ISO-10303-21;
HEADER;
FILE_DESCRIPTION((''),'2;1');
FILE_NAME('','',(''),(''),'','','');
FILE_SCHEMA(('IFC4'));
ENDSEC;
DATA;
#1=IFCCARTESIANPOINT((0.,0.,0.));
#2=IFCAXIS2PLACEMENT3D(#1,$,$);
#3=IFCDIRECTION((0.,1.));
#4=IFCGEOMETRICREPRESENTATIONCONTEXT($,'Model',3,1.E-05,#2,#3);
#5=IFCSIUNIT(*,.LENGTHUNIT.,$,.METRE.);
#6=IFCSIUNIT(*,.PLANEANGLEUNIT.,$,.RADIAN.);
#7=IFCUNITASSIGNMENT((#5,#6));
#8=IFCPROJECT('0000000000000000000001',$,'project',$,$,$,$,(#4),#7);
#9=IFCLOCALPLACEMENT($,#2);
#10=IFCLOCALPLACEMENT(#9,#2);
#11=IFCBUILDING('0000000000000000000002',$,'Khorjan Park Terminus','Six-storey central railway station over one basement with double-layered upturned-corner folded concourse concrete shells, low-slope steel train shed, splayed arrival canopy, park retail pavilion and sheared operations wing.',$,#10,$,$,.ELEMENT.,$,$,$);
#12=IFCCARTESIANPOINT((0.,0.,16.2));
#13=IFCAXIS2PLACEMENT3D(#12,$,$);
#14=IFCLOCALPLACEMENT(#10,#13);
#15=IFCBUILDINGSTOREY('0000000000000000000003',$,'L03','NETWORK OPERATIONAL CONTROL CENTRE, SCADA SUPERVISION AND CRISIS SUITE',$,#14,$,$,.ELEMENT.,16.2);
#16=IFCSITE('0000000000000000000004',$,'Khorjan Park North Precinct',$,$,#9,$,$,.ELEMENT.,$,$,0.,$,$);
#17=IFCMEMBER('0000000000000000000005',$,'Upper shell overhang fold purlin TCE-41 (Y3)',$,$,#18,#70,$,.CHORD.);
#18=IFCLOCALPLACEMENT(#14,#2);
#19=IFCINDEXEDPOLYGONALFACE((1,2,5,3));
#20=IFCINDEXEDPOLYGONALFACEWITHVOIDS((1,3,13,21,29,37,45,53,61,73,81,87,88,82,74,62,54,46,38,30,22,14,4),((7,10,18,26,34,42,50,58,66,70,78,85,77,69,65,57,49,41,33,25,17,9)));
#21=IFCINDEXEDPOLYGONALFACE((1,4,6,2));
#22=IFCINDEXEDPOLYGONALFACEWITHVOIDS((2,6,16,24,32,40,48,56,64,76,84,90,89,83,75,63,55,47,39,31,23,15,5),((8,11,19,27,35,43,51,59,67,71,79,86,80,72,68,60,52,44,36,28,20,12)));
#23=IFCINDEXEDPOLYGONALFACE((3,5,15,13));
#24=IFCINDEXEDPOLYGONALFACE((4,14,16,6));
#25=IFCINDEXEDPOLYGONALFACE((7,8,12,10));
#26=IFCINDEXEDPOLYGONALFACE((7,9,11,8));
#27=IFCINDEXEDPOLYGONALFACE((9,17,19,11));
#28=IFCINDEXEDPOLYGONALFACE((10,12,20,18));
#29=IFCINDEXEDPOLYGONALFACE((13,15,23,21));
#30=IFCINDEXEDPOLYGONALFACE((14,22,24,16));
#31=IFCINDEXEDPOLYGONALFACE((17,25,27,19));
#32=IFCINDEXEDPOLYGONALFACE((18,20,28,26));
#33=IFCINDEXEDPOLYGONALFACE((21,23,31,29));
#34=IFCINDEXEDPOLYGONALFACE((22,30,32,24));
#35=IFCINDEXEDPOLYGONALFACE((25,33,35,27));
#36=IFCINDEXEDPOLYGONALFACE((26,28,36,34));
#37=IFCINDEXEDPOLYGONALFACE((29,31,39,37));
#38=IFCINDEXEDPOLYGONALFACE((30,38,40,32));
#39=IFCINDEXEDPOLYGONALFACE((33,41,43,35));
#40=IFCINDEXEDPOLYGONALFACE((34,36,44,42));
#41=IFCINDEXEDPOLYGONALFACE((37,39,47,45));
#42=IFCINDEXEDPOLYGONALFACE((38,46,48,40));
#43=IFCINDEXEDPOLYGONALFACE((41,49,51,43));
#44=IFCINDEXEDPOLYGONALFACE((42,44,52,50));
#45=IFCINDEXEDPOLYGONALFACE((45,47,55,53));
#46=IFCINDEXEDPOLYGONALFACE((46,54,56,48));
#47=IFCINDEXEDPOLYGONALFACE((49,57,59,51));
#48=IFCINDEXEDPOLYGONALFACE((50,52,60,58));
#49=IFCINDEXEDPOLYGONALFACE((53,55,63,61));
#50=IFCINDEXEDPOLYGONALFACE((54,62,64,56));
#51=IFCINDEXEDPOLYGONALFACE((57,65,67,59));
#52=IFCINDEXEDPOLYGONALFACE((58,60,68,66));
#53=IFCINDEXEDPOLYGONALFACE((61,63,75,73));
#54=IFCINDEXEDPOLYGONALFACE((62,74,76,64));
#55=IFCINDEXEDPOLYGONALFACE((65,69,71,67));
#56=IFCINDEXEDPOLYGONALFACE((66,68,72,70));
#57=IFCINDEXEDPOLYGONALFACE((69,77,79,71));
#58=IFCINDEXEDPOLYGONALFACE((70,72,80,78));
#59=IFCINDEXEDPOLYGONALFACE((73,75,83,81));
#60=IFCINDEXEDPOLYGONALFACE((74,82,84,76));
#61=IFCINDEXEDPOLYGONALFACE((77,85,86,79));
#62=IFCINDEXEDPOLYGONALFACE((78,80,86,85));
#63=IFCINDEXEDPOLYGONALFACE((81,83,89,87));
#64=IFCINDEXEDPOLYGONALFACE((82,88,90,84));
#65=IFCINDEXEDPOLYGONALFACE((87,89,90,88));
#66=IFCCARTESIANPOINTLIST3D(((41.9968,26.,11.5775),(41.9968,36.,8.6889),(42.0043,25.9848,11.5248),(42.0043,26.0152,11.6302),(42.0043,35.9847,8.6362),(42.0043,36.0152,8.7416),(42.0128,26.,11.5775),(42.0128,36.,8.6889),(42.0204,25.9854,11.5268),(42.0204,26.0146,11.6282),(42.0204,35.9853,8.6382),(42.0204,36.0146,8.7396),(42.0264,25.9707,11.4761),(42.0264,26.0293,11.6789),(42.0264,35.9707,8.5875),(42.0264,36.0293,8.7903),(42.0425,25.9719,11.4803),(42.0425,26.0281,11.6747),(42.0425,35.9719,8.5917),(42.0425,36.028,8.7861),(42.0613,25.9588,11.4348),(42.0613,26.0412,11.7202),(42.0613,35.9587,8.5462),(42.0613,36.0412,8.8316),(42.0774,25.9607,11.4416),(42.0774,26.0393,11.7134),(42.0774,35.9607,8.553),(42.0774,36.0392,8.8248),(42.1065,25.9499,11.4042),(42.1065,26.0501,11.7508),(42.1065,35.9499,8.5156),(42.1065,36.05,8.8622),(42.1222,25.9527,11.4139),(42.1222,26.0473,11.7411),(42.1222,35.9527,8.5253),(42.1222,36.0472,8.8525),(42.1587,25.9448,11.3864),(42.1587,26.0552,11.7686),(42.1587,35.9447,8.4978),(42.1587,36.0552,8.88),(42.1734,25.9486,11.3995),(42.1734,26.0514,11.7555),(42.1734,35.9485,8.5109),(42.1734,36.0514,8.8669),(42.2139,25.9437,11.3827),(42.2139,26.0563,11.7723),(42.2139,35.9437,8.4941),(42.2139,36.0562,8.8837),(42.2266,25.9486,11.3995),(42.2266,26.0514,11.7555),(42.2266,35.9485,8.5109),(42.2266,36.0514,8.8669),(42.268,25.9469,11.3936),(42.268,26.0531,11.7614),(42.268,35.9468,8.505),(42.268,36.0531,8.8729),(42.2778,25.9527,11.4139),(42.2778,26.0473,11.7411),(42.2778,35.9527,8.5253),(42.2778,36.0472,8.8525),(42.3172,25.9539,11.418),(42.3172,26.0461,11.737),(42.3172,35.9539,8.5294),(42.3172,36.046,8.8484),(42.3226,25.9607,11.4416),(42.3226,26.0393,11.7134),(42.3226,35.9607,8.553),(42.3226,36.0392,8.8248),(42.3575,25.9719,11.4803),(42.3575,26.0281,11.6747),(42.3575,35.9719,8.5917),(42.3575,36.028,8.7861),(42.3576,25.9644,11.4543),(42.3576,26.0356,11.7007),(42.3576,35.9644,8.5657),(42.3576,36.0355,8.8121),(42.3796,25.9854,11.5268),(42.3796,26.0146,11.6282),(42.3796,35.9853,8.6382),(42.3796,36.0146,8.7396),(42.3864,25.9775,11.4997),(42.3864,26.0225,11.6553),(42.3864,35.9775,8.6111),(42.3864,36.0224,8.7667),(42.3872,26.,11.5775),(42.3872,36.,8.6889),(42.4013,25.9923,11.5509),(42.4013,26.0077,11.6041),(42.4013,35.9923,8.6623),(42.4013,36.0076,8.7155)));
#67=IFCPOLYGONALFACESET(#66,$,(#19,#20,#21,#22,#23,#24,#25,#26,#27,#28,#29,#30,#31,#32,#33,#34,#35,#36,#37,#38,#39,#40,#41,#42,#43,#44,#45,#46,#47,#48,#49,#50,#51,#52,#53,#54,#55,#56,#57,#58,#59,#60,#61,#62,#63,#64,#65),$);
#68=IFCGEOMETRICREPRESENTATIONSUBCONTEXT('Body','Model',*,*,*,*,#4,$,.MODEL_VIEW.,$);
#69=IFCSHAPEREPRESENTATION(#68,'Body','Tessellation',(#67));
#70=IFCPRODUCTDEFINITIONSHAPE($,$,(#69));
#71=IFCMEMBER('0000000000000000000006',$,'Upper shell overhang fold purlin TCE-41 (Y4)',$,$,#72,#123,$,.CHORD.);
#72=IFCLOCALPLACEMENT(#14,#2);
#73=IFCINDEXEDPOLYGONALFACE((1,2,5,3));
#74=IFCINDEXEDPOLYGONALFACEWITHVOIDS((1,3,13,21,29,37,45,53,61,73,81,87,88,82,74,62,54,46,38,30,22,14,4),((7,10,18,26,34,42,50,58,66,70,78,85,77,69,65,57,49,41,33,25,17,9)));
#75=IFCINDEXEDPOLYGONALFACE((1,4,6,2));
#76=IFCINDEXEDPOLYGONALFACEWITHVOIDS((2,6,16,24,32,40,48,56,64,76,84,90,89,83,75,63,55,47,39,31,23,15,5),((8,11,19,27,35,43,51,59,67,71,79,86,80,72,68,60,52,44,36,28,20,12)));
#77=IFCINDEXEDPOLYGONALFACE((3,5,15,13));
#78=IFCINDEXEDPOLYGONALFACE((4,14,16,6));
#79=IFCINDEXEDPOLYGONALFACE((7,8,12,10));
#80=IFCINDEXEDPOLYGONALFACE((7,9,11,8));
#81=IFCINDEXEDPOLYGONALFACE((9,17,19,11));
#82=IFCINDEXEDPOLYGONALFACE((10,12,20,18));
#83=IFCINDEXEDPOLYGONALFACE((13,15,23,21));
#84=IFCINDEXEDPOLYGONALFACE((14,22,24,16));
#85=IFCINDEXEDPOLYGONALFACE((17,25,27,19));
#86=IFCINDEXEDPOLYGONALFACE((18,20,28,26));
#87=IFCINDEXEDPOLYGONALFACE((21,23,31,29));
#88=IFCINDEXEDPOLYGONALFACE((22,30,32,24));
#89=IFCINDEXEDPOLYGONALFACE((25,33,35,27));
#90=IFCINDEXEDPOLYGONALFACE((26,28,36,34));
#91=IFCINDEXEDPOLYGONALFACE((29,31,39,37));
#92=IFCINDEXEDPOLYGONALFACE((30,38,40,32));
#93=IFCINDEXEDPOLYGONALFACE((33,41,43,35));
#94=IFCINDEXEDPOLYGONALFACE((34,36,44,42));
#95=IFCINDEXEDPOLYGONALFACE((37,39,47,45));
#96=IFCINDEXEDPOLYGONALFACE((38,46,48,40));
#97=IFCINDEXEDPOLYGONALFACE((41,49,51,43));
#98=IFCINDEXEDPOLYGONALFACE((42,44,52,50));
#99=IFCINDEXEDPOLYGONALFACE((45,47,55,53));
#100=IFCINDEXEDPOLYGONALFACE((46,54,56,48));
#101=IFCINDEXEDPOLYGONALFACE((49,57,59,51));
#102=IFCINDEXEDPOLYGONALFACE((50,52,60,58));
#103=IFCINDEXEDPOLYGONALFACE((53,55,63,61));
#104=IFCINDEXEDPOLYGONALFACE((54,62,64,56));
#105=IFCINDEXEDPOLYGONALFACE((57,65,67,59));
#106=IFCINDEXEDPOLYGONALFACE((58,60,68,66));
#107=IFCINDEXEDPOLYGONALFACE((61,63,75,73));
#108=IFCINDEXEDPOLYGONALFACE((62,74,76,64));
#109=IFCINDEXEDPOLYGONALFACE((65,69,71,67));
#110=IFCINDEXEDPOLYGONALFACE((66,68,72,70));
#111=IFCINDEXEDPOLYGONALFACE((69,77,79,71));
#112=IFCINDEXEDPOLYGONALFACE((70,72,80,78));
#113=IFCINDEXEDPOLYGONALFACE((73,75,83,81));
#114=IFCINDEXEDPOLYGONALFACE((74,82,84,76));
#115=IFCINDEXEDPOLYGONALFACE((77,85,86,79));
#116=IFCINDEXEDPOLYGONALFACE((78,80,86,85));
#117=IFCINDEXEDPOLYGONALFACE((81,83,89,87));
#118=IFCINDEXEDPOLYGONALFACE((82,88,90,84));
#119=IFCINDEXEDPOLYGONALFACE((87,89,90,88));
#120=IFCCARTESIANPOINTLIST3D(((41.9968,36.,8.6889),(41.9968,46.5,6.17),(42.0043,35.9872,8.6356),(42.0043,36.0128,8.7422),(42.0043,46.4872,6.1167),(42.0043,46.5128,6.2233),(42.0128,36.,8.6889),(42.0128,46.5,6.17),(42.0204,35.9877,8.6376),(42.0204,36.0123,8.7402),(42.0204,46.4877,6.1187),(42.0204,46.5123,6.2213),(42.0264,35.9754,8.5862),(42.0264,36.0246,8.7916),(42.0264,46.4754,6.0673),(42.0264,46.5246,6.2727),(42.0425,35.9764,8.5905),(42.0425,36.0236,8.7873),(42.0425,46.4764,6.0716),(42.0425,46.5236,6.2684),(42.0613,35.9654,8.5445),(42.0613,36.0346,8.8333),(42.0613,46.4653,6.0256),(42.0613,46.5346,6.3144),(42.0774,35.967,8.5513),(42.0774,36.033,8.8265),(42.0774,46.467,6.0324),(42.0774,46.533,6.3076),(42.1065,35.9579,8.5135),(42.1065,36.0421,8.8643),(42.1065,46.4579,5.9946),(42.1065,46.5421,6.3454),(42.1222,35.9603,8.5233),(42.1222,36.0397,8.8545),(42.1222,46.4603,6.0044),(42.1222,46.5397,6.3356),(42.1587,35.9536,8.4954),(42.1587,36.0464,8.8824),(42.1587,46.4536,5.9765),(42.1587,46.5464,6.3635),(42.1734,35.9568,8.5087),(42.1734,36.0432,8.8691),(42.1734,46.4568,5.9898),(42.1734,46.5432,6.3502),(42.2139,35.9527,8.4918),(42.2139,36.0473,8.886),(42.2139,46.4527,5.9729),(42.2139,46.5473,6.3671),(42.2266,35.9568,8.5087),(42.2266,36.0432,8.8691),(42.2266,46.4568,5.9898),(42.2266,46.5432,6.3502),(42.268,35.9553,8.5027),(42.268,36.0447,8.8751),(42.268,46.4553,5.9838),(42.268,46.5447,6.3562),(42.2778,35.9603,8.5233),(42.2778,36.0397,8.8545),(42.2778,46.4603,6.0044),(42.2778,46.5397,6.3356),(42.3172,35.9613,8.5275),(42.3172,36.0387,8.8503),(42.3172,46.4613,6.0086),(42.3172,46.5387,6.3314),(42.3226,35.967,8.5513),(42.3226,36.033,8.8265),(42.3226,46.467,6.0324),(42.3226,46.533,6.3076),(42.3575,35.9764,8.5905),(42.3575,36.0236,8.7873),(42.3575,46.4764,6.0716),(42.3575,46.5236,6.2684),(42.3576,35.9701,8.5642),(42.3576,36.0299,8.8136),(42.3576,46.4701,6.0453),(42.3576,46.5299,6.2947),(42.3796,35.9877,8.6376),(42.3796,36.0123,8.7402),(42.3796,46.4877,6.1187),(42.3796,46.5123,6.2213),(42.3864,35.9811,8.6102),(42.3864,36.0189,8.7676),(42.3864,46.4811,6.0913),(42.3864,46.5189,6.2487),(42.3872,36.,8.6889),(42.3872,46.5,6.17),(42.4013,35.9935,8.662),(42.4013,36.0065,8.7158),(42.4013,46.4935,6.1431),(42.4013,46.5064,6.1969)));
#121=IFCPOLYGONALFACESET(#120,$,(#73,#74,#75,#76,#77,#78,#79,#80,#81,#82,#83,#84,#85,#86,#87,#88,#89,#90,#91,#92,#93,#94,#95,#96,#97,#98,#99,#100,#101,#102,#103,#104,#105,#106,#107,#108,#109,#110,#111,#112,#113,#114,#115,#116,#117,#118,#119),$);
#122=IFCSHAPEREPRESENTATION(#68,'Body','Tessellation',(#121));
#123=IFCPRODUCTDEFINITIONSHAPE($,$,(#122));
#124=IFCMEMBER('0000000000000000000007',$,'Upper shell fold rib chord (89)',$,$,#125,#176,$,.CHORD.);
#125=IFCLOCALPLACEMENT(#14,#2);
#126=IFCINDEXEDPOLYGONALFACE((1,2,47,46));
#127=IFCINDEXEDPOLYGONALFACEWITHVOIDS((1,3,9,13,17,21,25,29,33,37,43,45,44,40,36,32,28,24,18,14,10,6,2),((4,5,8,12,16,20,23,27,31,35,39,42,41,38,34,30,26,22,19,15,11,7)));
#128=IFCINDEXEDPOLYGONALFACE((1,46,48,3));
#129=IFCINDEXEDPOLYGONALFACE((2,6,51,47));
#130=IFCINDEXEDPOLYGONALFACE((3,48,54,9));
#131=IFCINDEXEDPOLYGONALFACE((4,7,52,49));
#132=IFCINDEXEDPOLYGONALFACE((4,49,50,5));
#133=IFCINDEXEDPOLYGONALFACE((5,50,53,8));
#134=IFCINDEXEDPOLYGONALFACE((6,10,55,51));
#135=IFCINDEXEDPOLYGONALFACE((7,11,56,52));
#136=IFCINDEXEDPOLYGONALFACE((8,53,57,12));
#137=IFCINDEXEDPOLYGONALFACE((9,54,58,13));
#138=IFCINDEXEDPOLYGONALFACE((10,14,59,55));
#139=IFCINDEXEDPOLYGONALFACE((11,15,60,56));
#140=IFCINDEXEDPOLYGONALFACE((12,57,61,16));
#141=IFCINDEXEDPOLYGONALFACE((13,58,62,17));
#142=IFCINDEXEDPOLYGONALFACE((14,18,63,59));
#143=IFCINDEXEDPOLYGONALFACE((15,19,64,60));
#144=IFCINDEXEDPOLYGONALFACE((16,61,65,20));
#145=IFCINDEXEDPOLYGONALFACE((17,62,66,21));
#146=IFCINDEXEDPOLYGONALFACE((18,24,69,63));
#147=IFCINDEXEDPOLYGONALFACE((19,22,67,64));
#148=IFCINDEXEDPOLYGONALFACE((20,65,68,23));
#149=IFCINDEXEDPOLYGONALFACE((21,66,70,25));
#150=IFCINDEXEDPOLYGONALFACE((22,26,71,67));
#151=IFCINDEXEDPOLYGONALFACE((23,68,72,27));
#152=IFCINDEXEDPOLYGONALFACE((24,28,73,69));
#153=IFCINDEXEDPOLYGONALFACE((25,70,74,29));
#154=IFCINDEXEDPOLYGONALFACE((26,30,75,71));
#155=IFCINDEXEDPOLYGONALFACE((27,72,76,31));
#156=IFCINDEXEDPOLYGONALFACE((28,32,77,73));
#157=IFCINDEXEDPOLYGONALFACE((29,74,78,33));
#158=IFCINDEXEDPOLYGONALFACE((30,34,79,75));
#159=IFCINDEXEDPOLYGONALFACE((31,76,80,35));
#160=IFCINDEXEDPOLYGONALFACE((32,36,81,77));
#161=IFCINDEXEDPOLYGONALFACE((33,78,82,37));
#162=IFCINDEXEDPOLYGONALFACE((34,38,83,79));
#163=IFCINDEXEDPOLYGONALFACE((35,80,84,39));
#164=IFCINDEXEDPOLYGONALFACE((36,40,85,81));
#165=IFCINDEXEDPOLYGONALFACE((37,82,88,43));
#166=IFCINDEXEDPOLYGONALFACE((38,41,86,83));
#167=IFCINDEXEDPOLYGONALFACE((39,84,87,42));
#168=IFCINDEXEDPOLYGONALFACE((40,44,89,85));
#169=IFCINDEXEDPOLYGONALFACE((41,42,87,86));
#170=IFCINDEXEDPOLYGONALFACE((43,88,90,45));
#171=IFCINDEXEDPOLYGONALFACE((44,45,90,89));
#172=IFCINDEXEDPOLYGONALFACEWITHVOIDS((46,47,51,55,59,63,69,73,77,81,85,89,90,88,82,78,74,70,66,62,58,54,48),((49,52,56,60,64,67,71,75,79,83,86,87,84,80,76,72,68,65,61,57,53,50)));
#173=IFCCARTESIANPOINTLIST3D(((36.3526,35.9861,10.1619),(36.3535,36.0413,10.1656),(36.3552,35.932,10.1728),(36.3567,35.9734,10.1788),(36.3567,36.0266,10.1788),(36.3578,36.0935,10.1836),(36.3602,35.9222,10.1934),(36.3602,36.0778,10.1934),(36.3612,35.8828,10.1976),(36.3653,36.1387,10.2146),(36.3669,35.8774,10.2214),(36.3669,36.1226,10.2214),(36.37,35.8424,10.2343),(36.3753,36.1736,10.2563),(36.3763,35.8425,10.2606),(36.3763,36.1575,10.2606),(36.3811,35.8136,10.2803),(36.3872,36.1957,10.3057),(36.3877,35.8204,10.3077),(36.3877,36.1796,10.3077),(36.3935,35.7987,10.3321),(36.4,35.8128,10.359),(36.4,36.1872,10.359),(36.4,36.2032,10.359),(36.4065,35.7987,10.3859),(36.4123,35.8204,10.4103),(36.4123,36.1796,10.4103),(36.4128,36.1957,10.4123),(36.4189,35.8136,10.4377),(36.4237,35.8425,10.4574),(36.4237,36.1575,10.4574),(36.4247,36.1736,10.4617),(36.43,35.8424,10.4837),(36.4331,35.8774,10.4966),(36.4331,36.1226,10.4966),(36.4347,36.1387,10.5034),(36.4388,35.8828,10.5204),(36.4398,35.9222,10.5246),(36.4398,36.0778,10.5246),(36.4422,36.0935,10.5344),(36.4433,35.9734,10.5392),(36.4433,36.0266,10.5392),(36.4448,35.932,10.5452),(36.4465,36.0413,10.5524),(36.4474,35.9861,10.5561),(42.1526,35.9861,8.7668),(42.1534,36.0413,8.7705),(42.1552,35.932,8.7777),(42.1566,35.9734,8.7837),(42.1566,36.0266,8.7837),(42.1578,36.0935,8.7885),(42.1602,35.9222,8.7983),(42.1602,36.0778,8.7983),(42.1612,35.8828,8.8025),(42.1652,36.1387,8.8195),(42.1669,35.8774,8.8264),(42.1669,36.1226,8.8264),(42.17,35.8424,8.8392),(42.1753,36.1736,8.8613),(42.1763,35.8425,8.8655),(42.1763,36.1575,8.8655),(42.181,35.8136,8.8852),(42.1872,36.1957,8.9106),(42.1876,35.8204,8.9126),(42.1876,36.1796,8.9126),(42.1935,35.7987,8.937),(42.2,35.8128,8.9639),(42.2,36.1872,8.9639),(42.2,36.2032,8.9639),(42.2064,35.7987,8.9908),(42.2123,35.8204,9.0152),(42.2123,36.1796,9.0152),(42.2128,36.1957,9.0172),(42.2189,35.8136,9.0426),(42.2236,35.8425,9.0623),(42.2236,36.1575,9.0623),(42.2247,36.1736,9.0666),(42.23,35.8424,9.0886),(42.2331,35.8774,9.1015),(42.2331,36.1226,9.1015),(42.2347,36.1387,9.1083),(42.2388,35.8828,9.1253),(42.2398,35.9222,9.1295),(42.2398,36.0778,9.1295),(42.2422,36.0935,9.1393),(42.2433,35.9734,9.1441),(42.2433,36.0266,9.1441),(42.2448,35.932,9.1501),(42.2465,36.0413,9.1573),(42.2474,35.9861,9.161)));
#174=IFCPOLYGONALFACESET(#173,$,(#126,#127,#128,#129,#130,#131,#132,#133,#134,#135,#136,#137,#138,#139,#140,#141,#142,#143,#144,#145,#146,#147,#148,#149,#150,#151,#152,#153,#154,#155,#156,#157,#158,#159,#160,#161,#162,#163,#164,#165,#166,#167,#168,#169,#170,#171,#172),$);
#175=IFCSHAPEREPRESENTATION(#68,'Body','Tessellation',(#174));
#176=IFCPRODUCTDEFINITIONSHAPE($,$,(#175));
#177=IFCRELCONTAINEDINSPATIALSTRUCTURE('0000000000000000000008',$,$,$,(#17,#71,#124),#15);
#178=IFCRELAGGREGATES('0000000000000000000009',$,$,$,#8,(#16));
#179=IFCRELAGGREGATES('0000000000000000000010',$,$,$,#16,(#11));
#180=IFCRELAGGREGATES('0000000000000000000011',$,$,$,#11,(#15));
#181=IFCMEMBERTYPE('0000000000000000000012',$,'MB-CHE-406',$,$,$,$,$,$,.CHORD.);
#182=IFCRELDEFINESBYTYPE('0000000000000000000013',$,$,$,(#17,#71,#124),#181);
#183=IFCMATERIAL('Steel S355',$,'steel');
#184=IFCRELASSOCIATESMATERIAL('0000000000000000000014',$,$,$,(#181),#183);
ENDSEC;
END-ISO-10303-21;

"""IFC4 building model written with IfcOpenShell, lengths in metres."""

from ifc_helpers import new_model, si_unit, direction, frame, origin, origin_2d, place, context, subcontext, project, spatial, hollow_circle, extrude, material, material_profile, profile_set, type_object, element, save


model = new_model("IFC4")

# Units and contexts
model_context = context("Model", 3, precision=1e-05, world=origin(), true_north=direction((0.0, 1.0)))
body_context = subcontext(model_context, "Body", "Model", "MODEL_VIEW")
ifc_project = project(units=[si_unit("LENGTHUNIT", "METRE"), si_unit("PLANEANGLEUNIT", "RADIAN")], contexts=[model_context])

# Site, building, storey
site_placement = place(None, origin())
site = spatial("IfcSite", under=ifc_project, at=site_placement, Name="Khorjan Park North Precinct", CompositionType="ELEMENT", RefElevation=0.0)
building_placement = place(site_placement, origin())
building = spatial("IfcBuilding", under=site, at=building_placement, Name="Khorjan Park Terminus", Description="Six-storey central railway station over one basement with double-layered upturned-corner folded concourse concrete shells, low-slope steel train shed, splayed arrival canopy, park retail pavilion and sheared operations wing.", CompositionType="ELEMENT")
storey_placement = place(building_placement, frame((0.0, 0.0, 16.2)))
storey = spatial("IfcBuildingStorey", under=building, at=storey_placement, Name="L03", Description="NETWORK OPERATIONAL CONTROL CENTRE, SCADA SUPERVISION AND CRISIS SUITE", CompositionType="ELEMENT", Elevation=16.2)

# Members
ifc_material = material(Name="Steel S355", Category="steel")
ifc_material_profile_1 = material_profile(ifc_material, hollow_circle(Radius=0.2032, WallThickness=0.016, at=origin_2d()), Name="CHS 406.4x16")
ifc_profile_set_1 = profile_set([ifc_material_profile_1], Name="Steel S355")
member_type_1 = type_object("IfcMemberType", Name="MB-CHE-406", PredefinedType="CHORD", material=ifc_profile_set_1)
member_1_placement = place(storey_placement, frame((42.2, 26.0, 11.5775), z_axis=(0.0, 0.960722, -0.277514), x_axis=(-1.0, 0.0, 0.0)))
element("IfcMember", 1, at=member_1_placement, inside=storey, type_object=member_type_1, Name="Upper shell overhang fold purlin TCE-41 (Y3)", PredefinedType="CHORD", context=body_context, shape_type="SweptSolid", body=[
    extrude(hollow_circle(Radius=0.2032, WallThickness=0.016, at=origin_2d()), origin(), (0.0, 0.0, 1.0), 10.4088),
])
member_2_placement = place(storey_placement, frame((42.2, 36.0, 8.6889), z_axis=(0.0, 0.97241, -0.233277), x_axis=(-1.0, 0.0, 0.0)))
element("IfcMember", 2, at=member_2_placement, inside=storey, type_object=member_type_1, Name="Upper shell overhang fold purlin TCE-41 (Y4)", PredefinedType="CHORD", context=body_context, shape_type="SweptSolid", body=[
    extrude(hollow_circle(Radius=0.2032, WallThickness=0.016, at=origin_2d()), origin(), (0.0, 0.0, 1.0), 10.7979),
])
member_3_placement = place(storey_placement, frame((36.4, 36.0, 10.359), z_axis=(0.972269, 0.0, -0.233864), x_axis=(0.0, 1.0, 0.0)))
element("IfcMember", 3, at=member_3_placement, inside=storey, type_object=member_type_1, Name="Upper shell fold rib chord (89)", PredefinedType="CHORD", context=body_context, shape_type="SweptSolid", body=[
    extrude(hollow_circle(Radius=0.2032, WallThickness=0.016, at=origin_2d()), origin(), (0.0, 0.0, 1.0), 5.9654),
])

save(model, "model.ifc")
